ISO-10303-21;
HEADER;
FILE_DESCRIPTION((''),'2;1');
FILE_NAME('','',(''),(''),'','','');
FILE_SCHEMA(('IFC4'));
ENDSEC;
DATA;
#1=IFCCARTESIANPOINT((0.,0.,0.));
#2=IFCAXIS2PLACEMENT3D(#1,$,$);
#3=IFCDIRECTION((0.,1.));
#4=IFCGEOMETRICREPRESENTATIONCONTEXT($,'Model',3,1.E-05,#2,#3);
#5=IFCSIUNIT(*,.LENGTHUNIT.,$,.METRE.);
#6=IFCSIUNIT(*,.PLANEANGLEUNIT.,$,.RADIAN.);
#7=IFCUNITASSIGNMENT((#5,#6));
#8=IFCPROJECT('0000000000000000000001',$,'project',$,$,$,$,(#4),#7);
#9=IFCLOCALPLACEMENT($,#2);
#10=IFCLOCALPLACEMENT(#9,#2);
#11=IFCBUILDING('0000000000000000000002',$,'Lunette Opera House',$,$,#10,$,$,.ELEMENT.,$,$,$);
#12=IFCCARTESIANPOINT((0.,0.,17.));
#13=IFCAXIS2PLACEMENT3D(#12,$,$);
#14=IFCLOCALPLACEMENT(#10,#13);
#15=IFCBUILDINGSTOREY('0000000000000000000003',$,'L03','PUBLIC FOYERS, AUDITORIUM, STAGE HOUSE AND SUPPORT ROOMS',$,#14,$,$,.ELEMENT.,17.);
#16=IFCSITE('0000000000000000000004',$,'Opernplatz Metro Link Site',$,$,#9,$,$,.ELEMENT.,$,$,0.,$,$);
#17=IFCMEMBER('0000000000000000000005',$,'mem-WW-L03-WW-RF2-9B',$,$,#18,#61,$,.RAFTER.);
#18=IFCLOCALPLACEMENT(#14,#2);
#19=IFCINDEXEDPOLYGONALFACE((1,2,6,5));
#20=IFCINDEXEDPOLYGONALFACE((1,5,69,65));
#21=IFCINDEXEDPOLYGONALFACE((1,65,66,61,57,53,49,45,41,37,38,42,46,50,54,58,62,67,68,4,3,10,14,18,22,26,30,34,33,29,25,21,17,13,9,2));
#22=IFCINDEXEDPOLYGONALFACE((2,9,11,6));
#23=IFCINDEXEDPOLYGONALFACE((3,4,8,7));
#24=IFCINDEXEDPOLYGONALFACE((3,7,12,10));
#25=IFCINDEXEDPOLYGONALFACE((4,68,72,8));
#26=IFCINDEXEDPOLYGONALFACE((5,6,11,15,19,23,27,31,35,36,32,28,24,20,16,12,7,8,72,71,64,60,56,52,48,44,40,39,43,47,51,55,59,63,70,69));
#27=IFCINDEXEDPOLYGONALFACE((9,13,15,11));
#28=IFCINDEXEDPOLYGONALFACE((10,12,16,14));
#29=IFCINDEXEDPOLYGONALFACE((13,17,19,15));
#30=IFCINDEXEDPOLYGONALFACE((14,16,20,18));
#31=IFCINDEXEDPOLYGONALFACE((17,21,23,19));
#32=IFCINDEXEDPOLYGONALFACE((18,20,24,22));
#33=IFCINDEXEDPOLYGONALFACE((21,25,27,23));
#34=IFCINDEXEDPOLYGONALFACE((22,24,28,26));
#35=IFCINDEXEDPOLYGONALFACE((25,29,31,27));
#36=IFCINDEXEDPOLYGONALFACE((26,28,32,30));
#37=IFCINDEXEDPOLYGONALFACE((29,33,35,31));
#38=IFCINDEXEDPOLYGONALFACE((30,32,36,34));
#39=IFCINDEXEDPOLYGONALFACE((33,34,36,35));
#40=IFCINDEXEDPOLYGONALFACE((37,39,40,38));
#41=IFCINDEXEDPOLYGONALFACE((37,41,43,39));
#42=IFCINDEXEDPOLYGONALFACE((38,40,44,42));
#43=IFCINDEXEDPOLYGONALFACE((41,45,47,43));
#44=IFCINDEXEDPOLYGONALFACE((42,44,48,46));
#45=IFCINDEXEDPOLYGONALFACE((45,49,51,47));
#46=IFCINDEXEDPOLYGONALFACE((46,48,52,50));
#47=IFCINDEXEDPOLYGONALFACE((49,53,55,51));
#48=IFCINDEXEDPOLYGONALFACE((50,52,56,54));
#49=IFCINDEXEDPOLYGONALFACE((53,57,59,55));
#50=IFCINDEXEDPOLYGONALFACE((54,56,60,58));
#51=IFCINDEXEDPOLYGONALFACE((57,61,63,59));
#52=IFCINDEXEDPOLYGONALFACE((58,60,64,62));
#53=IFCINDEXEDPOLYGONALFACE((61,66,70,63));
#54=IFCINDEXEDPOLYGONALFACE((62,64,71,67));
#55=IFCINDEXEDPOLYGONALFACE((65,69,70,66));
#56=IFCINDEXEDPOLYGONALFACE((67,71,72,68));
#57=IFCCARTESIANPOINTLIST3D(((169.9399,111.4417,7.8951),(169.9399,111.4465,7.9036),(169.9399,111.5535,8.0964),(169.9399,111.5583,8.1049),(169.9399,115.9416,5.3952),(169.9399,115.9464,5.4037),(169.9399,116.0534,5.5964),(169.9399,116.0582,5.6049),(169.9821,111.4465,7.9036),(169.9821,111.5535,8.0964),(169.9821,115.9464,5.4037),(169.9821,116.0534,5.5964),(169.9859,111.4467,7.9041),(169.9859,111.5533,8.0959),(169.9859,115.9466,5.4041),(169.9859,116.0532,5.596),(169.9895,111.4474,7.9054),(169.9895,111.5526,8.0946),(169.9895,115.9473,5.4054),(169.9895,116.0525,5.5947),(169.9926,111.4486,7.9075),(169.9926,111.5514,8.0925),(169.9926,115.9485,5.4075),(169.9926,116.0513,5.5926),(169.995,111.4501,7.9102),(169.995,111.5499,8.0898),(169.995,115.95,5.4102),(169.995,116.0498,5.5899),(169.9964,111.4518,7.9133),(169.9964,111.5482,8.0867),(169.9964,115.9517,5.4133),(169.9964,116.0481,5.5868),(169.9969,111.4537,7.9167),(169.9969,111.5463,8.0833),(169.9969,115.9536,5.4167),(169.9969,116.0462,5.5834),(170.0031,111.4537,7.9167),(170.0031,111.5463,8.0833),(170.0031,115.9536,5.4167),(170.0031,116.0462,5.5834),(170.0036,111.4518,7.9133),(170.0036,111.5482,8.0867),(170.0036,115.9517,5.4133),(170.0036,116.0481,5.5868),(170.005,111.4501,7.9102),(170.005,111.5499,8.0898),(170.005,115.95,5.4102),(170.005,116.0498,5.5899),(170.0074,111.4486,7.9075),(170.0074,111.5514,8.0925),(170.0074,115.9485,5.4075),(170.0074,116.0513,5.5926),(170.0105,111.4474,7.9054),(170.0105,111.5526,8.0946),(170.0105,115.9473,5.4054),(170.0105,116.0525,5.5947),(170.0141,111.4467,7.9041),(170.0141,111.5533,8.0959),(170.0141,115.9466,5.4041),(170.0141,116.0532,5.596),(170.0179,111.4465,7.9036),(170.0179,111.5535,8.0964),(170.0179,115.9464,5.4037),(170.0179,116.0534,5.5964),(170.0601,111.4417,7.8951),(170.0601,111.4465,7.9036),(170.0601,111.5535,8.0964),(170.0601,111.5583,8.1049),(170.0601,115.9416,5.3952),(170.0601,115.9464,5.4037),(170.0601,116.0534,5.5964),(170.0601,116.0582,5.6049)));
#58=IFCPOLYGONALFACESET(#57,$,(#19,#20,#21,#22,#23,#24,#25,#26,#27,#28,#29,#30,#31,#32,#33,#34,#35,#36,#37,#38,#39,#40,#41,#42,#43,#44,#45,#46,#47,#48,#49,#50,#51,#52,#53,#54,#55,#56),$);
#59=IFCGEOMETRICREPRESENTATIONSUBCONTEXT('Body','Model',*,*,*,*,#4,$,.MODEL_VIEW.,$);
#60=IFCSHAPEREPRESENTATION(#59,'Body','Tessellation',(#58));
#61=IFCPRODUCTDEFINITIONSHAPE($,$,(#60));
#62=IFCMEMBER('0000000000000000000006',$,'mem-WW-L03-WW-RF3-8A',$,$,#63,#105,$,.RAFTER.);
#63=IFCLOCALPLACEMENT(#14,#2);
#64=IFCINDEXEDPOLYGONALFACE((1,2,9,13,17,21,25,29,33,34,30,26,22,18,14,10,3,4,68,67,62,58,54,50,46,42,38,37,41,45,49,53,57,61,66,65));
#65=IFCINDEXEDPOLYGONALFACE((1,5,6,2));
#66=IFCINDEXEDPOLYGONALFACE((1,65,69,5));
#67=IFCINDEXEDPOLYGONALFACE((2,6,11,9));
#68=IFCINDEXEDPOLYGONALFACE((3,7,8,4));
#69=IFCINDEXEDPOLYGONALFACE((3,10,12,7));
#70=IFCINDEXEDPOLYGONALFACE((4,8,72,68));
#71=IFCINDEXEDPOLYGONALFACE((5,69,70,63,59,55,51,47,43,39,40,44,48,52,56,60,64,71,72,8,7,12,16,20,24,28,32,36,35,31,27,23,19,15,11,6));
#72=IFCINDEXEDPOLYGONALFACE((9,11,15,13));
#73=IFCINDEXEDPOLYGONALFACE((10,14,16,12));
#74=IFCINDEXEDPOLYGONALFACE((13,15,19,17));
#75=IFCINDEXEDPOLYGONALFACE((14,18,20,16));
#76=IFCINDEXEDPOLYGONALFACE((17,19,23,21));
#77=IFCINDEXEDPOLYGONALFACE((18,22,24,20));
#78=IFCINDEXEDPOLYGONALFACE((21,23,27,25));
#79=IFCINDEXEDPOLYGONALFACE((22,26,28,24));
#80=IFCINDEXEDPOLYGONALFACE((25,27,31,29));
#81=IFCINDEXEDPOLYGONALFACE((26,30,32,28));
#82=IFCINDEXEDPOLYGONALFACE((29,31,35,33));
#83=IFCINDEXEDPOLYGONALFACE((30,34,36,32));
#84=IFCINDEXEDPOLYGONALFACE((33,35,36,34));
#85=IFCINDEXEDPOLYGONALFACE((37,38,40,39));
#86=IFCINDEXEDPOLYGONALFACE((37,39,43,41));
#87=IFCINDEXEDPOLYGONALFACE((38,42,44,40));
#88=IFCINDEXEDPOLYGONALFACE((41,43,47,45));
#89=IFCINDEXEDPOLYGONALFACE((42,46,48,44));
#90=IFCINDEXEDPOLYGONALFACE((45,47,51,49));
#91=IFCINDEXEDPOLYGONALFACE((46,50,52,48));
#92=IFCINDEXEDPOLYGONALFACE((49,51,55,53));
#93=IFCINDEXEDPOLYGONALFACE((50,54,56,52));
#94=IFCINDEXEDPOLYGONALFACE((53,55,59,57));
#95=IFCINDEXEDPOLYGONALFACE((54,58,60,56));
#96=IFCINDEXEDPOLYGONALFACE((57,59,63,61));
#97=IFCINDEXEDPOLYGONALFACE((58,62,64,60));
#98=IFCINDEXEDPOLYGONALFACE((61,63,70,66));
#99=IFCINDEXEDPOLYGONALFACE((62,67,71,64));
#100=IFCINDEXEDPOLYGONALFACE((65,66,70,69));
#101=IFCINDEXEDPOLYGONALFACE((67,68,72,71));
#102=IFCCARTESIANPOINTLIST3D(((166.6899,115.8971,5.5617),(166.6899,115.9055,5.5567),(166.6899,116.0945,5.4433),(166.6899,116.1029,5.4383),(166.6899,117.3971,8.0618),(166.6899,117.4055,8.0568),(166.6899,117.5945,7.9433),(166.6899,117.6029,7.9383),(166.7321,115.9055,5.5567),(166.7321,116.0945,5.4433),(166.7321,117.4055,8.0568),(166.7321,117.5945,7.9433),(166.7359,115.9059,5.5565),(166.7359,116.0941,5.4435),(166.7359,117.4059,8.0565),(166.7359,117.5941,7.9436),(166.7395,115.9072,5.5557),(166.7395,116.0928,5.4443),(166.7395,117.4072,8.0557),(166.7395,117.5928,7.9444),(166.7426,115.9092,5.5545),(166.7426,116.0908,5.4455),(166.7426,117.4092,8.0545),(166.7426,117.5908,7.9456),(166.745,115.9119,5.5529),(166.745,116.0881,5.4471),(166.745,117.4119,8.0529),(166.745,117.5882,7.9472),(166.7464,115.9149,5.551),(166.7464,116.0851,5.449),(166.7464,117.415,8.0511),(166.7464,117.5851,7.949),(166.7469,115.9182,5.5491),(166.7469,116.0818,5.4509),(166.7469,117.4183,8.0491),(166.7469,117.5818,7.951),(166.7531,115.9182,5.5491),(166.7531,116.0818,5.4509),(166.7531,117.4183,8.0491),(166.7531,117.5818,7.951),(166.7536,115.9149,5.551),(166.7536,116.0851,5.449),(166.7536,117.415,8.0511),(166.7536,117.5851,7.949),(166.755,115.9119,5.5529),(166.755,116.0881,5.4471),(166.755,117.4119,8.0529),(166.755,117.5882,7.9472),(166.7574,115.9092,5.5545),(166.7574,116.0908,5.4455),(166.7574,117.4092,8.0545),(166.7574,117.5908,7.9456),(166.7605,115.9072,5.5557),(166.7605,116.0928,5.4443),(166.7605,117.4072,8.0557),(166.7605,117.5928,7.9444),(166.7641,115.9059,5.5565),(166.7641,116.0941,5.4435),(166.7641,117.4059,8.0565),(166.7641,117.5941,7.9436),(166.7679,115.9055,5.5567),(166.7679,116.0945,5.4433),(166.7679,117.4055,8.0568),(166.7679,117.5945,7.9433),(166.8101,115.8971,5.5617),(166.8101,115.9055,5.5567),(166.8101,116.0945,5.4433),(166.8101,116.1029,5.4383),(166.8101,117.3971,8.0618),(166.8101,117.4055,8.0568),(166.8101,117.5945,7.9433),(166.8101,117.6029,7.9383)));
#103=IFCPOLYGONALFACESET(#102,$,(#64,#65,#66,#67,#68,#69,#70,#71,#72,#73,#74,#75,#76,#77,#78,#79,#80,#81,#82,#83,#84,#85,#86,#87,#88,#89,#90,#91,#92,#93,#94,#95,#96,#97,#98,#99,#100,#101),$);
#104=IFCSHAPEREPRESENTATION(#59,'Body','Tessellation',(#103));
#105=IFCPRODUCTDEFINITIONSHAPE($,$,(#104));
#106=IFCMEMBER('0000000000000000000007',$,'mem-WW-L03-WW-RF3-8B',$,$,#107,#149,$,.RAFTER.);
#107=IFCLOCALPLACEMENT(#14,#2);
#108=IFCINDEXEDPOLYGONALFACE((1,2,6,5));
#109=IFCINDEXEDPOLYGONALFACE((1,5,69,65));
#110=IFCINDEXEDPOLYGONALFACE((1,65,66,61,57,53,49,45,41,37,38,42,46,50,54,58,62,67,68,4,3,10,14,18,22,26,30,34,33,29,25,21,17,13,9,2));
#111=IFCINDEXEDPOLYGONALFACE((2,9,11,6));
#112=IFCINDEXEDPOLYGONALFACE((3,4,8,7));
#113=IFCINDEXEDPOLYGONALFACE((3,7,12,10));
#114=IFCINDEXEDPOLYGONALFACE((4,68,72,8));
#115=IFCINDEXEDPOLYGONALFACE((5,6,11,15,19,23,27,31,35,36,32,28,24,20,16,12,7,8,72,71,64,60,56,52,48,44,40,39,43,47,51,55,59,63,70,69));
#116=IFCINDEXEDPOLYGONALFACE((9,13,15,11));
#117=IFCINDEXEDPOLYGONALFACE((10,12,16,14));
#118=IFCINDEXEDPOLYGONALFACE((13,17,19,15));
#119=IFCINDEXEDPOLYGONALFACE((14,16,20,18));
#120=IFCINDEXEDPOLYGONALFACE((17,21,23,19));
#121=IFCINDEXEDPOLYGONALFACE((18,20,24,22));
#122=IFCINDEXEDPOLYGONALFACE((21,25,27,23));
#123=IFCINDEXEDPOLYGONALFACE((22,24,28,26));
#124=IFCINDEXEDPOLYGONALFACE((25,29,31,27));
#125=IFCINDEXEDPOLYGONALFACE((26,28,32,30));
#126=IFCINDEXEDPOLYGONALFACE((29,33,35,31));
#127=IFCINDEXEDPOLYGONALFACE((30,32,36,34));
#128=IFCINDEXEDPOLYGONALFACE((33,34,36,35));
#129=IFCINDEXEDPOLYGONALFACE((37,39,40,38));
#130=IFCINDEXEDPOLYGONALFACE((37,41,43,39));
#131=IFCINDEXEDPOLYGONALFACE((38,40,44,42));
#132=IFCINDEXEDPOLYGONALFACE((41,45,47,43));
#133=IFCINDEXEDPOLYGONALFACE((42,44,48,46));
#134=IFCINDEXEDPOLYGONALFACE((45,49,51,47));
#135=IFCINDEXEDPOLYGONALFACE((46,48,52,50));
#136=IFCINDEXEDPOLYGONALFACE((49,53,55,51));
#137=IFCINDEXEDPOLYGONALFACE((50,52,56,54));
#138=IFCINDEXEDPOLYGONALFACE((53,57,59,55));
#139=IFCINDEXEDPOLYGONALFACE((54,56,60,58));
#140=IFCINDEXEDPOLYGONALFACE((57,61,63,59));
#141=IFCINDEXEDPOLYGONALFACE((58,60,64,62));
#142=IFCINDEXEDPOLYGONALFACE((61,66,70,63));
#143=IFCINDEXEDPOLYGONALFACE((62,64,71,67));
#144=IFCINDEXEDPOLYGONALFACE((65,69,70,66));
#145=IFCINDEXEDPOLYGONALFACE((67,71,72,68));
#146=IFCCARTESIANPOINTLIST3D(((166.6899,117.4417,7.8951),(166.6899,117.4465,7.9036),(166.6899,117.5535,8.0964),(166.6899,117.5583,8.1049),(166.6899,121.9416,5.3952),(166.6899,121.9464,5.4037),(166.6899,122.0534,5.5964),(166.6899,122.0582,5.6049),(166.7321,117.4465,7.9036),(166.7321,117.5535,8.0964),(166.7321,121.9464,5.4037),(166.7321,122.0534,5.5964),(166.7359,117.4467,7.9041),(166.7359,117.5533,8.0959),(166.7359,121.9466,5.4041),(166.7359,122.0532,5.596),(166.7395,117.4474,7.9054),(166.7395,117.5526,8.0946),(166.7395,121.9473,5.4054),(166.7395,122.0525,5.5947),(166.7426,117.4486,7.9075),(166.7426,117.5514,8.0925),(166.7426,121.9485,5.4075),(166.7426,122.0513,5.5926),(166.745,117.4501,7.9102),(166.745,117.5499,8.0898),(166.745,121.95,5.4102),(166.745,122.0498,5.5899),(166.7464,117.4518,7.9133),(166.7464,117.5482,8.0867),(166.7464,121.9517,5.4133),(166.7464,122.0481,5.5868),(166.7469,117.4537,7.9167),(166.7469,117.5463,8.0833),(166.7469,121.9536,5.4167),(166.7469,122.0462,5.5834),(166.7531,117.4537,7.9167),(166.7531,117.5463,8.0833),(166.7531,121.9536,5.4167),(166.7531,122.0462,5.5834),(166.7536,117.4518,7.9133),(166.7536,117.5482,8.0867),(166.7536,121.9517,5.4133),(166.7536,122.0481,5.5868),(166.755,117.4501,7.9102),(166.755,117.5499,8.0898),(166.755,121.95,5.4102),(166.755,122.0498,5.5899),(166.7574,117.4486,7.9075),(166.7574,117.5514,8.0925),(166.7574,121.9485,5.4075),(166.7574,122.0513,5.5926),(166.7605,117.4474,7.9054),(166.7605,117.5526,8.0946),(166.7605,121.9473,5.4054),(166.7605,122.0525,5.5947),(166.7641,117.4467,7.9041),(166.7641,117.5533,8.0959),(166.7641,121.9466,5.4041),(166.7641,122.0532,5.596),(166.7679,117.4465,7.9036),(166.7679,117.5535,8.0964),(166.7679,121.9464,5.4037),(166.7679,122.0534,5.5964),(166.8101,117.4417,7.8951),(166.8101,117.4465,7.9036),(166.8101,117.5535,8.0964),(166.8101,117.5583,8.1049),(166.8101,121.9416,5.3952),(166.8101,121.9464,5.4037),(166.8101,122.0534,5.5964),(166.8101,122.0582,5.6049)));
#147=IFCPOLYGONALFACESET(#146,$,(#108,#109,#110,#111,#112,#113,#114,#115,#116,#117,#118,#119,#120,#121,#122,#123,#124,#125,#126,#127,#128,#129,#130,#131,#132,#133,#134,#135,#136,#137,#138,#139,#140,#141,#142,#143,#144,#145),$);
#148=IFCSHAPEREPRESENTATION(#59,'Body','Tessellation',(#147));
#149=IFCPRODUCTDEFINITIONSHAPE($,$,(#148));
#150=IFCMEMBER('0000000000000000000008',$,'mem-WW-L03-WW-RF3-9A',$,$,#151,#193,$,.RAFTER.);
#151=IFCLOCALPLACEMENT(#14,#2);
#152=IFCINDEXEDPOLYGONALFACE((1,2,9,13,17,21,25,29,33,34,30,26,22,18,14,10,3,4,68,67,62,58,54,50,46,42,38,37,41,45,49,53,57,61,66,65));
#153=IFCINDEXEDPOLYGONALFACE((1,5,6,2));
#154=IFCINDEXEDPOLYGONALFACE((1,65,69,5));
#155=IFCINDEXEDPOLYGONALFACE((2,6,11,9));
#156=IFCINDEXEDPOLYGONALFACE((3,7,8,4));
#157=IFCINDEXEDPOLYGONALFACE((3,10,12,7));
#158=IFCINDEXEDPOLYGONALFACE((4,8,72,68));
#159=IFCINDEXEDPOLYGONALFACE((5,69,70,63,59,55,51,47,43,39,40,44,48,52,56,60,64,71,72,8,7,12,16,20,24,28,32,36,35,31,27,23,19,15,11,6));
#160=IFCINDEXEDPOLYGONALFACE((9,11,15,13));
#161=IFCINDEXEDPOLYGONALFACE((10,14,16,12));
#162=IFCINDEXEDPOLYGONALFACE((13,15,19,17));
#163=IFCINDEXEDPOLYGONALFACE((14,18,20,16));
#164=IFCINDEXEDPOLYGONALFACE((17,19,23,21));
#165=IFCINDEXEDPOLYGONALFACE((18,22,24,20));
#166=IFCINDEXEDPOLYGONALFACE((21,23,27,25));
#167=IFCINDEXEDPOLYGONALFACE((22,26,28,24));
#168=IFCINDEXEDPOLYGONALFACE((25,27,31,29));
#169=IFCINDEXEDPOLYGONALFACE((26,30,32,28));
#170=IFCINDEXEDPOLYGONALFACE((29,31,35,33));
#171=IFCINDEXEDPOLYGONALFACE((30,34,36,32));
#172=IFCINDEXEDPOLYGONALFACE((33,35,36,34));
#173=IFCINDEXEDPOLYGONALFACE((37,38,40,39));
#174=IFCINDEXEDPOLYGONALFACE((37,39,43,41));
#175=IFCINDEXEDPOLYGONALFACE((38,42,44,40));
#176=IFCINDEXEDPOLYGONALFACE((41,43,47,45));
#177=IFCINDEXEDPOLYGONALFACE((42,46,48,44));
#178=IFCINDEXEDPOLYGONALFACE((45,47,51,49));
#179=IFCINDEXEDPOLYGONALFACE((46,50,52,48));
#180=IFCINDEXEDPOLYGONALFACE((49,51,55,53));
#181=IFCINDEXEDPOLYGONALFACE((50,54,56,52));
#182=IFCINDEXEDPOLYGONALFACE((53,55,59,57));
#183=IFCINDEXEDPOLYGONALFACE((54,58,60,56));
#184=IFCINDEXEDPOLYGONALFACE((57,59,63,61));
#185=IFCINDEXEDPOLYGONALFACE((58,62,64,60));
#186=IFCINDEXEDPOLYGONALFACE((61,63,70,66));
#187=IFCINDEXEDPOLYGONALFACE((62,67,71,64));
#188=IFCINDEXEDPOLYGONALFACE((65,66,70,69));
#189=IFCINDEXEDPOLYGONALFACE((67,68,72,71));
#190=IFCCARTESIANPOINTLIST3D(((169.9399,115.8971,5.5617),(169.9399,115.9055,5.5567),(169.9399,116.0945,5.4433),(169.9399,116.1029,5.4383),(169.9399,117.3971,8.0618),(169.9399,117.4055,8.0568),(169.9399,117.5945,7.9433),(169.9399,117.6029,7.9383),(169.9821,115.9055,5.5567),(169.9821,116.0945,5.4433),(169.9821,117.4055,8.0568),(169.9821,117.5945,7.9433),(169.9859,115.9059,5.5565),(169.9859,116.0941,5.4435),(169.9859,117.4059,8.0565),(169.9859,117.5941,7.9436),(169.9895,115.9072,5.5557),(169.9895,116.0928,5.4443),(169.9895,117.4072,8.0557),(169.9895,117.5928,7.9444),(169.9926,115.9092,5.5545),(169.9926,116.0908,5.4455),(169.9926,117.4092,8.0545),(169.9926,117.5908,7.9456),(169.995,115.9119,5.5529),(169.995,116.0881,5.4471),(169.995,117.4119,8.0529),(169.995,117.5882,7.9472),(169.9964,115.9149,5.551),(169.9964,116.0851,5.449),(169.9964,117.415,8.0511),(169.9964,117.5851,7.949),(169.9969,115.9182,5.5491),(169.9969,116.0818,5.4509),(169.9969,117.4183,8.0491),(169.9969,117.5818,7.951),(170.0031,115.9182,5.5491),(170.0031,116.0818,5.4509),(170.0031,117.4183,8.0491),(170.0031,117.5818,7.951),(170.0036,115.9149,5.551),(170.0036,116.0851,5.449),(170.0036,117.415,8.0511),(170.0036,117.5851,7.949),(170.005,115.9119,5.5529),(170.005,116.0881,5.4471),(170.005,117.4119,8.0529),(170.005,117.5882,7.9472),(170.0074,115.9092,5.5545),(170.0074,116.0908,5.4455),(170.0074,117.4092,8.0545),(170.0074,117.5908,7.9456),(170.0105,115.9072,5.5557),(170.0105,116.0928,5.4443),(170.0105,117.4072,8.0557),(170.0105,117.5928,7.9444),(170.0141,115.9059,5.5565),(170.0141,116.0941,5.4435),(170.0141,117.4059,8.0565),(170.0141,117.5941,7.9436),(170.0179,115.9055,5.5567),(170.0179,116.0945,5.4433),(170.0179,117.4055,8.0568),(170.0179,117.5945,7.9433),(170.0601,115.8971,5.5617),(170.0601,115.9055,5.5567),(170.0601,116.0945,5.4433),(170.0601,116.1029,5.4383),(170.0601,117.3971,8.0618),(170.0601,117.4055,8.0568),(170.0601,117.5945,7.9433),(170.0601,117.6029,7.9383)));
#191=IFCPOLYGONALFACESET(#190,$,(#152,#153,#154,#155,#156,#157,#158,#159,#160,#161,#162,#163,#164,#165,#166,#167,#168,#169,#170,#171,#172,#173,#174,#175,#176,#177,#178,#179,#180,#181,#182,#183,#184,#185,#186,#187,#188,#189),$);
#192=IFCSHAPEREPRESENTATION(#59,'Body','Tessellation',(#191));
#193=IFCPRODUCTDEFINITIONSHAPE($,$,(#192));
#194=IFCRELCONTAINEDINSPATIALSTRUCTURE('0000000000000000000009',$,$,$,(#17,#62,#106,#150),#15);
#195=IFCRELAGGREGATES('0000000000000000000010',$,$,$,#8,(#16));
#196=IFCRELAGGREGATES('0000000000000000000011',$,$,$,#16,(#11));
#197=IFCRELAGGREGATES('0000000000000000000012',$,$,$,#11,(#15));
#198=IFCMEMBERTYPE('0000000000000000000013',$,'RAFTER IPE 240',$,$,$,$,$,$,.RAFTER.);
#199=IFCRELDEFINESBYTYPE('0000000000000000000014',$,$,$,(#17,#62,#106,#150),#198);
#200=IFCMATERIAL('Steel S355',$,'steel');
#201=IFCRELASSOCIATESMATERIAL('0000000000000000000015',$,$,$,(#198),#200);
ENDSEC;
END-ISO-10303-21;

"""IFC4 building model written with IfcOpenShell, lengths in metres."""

from ifc_helpers import new_model, si_unit, direction, frame, origin, origin_2d, place, context, subcontext, project, spatial, i_section, extrude, material, material_profile, profile_set, type_object, element, save


model = new_model("IFC4")

# Units and contexts
model_context = context("Model", 3, precision=1e-05, world=origin(), true_north=direction((0.0, 1.0)))
body_context = subcontext(model_context, "Body", "Model", "MODEL_VIEW")
ifc_project = project(units=[si_unit("LENGTHUNIT", "METRE"), si_unit("PLANEANGLEUNIT", "RADIAN")], contexts=[model_context])

# Site, building, storey
site_placement = place(None, origin())
site = spatial("IfcSite", under=ifc_project, at=site_placement, Name="Opernplatz Metro Link Site", CompositionType="ELEMENT", RefElevation=0.0)
building_placement = place(site_placement, origin())
building = spatial("IfcBuilding", under=site, at=building_placement, Name="Lunette Opera House", CompositionType="ELEMENT")
storey_placement = place(building_placement, frame((0.0, 0.0, 17.0)))
storey = spatial("IfcBuildingStorey", under=building, at=storey_placement, Name="L03", Description="PUBLIC FOYERS, AUDITORIUM, STAGE HOUSE AND SUPPORT ROOMS", CompositionType="ELEMENT", Elevation=17.0)

# Members
ifc_material_1 = material(Name="Steel S355", Category="steel")
ifc_material_profile_1 = material_profile(ifc_material_1, i_section(OverallWidth=0.1201, OverallDepth=0.24, WebThickness=0.0061, FlangeThickness=0.0098, FilletRadius=0.0149, at=origin_2d()), Name="IPE 240")
ifc_profile_set_1 = profile_set([ifc_material_profile_1], Name="Steel S355")
member_type_1 = type_object("IfcMemberType", Name="RAFTER IPE 240", PredefinedType="RAFTER", material=ifc_profile_set_1)
member_1_placement = place(storey_placement, frame((170.0, 111.5, 8.0), z_axis=(0.0, 0.874157, -0.485643), x_axis=(-1.0, 0.0, 0.0)))
element("IfcMember", 1, at=member_1_placement, inside=storey, type_object=member_type_1, Name="mem-WW-L03-WW-RF2-9B", PredefinedType="RAFTER", context=body_context, shape_type="SweptSolid", body=[
    extrude(i_section(OverallWidth=0.1201, OverallDepth=0.24, WebThickness=0.0061, FlangeThickness=0.0098, FilletRadius=0.0149, at=origin_2d()), origin(), (0.0, 0.0, 1.0), 5.1477),
])
member_2_placement = place(storey_placement, frame((166.75, 116.0, 5.5), z_axis=(0.0, 0.514496, 0.857493), x_axis=(-1.0, 0.0, 0.0)))
element("IfcMember", 2, at=member_2_placement, inside=storey, type_object=member_type_1, Name="mem-WW-L03-WW-RF3-8A", PredefinedType="RAFTER", context=body_context, shape_type="SweptSolid", body=[
    extrude(i_section(OverallWidth=0.1201, OverallDepth=0.24, WebThickness=0.0061, FlangeThickness=0.0098, FilletRadius=0.0149, at=origin_2d()), origin(), (0.0, 0.0, 1.0), 2.9155),
])
member_3_placement = place(storey_placement, frame((166.75, 117.5, 8.0), z_axis=(0.0, 0.874157, -0.485643), x_axis=(-1.0, 0.0, 0.0)))
element("IfcMember", 3, at=member_3_placement, inside=storey, type_object=member_type_1, Name="mem-WW-L03-WW-RF3-8B", PredefinedType="RAFTER", context=body_context, shape_type="SweptSolid", body=[
    extrude(i_section(OverallWidth=0.1201, OverallDepth=0.24, WebThickness=0.0061, FlangeThickness=0.0098, FilletRadius=0.0149, at=origin_2d()), origin(), (0.0, 0.0, 1.0), 5.1477),
])
member_4_placement = place(storey_placement, frame((170.0, 116.0, 5.5), z_axis=(0.0, 0.514496, 0.857493), x_axis=(-1.0, 0.0, 0.0)))
element("IfcMember", 4, at=member_4_placement, inside=storey, type_object=member_type_1, Name="mem-WW-L03-WW-RF3-9A", PredefinedType="RAFTER", context=body_context, shape_type="SweptSolid", body=[
    extrude(i_section(OverallWidth=0.1201, OverallDepth=0.24, WebThickness=0.0061, FlangeThickness=0.0098, FilletRadius=0.0149, at=origin_2d()), origin(), (0.0, 0.0, 1.0), 2.9155),
])

save(model, "model.ifc")
